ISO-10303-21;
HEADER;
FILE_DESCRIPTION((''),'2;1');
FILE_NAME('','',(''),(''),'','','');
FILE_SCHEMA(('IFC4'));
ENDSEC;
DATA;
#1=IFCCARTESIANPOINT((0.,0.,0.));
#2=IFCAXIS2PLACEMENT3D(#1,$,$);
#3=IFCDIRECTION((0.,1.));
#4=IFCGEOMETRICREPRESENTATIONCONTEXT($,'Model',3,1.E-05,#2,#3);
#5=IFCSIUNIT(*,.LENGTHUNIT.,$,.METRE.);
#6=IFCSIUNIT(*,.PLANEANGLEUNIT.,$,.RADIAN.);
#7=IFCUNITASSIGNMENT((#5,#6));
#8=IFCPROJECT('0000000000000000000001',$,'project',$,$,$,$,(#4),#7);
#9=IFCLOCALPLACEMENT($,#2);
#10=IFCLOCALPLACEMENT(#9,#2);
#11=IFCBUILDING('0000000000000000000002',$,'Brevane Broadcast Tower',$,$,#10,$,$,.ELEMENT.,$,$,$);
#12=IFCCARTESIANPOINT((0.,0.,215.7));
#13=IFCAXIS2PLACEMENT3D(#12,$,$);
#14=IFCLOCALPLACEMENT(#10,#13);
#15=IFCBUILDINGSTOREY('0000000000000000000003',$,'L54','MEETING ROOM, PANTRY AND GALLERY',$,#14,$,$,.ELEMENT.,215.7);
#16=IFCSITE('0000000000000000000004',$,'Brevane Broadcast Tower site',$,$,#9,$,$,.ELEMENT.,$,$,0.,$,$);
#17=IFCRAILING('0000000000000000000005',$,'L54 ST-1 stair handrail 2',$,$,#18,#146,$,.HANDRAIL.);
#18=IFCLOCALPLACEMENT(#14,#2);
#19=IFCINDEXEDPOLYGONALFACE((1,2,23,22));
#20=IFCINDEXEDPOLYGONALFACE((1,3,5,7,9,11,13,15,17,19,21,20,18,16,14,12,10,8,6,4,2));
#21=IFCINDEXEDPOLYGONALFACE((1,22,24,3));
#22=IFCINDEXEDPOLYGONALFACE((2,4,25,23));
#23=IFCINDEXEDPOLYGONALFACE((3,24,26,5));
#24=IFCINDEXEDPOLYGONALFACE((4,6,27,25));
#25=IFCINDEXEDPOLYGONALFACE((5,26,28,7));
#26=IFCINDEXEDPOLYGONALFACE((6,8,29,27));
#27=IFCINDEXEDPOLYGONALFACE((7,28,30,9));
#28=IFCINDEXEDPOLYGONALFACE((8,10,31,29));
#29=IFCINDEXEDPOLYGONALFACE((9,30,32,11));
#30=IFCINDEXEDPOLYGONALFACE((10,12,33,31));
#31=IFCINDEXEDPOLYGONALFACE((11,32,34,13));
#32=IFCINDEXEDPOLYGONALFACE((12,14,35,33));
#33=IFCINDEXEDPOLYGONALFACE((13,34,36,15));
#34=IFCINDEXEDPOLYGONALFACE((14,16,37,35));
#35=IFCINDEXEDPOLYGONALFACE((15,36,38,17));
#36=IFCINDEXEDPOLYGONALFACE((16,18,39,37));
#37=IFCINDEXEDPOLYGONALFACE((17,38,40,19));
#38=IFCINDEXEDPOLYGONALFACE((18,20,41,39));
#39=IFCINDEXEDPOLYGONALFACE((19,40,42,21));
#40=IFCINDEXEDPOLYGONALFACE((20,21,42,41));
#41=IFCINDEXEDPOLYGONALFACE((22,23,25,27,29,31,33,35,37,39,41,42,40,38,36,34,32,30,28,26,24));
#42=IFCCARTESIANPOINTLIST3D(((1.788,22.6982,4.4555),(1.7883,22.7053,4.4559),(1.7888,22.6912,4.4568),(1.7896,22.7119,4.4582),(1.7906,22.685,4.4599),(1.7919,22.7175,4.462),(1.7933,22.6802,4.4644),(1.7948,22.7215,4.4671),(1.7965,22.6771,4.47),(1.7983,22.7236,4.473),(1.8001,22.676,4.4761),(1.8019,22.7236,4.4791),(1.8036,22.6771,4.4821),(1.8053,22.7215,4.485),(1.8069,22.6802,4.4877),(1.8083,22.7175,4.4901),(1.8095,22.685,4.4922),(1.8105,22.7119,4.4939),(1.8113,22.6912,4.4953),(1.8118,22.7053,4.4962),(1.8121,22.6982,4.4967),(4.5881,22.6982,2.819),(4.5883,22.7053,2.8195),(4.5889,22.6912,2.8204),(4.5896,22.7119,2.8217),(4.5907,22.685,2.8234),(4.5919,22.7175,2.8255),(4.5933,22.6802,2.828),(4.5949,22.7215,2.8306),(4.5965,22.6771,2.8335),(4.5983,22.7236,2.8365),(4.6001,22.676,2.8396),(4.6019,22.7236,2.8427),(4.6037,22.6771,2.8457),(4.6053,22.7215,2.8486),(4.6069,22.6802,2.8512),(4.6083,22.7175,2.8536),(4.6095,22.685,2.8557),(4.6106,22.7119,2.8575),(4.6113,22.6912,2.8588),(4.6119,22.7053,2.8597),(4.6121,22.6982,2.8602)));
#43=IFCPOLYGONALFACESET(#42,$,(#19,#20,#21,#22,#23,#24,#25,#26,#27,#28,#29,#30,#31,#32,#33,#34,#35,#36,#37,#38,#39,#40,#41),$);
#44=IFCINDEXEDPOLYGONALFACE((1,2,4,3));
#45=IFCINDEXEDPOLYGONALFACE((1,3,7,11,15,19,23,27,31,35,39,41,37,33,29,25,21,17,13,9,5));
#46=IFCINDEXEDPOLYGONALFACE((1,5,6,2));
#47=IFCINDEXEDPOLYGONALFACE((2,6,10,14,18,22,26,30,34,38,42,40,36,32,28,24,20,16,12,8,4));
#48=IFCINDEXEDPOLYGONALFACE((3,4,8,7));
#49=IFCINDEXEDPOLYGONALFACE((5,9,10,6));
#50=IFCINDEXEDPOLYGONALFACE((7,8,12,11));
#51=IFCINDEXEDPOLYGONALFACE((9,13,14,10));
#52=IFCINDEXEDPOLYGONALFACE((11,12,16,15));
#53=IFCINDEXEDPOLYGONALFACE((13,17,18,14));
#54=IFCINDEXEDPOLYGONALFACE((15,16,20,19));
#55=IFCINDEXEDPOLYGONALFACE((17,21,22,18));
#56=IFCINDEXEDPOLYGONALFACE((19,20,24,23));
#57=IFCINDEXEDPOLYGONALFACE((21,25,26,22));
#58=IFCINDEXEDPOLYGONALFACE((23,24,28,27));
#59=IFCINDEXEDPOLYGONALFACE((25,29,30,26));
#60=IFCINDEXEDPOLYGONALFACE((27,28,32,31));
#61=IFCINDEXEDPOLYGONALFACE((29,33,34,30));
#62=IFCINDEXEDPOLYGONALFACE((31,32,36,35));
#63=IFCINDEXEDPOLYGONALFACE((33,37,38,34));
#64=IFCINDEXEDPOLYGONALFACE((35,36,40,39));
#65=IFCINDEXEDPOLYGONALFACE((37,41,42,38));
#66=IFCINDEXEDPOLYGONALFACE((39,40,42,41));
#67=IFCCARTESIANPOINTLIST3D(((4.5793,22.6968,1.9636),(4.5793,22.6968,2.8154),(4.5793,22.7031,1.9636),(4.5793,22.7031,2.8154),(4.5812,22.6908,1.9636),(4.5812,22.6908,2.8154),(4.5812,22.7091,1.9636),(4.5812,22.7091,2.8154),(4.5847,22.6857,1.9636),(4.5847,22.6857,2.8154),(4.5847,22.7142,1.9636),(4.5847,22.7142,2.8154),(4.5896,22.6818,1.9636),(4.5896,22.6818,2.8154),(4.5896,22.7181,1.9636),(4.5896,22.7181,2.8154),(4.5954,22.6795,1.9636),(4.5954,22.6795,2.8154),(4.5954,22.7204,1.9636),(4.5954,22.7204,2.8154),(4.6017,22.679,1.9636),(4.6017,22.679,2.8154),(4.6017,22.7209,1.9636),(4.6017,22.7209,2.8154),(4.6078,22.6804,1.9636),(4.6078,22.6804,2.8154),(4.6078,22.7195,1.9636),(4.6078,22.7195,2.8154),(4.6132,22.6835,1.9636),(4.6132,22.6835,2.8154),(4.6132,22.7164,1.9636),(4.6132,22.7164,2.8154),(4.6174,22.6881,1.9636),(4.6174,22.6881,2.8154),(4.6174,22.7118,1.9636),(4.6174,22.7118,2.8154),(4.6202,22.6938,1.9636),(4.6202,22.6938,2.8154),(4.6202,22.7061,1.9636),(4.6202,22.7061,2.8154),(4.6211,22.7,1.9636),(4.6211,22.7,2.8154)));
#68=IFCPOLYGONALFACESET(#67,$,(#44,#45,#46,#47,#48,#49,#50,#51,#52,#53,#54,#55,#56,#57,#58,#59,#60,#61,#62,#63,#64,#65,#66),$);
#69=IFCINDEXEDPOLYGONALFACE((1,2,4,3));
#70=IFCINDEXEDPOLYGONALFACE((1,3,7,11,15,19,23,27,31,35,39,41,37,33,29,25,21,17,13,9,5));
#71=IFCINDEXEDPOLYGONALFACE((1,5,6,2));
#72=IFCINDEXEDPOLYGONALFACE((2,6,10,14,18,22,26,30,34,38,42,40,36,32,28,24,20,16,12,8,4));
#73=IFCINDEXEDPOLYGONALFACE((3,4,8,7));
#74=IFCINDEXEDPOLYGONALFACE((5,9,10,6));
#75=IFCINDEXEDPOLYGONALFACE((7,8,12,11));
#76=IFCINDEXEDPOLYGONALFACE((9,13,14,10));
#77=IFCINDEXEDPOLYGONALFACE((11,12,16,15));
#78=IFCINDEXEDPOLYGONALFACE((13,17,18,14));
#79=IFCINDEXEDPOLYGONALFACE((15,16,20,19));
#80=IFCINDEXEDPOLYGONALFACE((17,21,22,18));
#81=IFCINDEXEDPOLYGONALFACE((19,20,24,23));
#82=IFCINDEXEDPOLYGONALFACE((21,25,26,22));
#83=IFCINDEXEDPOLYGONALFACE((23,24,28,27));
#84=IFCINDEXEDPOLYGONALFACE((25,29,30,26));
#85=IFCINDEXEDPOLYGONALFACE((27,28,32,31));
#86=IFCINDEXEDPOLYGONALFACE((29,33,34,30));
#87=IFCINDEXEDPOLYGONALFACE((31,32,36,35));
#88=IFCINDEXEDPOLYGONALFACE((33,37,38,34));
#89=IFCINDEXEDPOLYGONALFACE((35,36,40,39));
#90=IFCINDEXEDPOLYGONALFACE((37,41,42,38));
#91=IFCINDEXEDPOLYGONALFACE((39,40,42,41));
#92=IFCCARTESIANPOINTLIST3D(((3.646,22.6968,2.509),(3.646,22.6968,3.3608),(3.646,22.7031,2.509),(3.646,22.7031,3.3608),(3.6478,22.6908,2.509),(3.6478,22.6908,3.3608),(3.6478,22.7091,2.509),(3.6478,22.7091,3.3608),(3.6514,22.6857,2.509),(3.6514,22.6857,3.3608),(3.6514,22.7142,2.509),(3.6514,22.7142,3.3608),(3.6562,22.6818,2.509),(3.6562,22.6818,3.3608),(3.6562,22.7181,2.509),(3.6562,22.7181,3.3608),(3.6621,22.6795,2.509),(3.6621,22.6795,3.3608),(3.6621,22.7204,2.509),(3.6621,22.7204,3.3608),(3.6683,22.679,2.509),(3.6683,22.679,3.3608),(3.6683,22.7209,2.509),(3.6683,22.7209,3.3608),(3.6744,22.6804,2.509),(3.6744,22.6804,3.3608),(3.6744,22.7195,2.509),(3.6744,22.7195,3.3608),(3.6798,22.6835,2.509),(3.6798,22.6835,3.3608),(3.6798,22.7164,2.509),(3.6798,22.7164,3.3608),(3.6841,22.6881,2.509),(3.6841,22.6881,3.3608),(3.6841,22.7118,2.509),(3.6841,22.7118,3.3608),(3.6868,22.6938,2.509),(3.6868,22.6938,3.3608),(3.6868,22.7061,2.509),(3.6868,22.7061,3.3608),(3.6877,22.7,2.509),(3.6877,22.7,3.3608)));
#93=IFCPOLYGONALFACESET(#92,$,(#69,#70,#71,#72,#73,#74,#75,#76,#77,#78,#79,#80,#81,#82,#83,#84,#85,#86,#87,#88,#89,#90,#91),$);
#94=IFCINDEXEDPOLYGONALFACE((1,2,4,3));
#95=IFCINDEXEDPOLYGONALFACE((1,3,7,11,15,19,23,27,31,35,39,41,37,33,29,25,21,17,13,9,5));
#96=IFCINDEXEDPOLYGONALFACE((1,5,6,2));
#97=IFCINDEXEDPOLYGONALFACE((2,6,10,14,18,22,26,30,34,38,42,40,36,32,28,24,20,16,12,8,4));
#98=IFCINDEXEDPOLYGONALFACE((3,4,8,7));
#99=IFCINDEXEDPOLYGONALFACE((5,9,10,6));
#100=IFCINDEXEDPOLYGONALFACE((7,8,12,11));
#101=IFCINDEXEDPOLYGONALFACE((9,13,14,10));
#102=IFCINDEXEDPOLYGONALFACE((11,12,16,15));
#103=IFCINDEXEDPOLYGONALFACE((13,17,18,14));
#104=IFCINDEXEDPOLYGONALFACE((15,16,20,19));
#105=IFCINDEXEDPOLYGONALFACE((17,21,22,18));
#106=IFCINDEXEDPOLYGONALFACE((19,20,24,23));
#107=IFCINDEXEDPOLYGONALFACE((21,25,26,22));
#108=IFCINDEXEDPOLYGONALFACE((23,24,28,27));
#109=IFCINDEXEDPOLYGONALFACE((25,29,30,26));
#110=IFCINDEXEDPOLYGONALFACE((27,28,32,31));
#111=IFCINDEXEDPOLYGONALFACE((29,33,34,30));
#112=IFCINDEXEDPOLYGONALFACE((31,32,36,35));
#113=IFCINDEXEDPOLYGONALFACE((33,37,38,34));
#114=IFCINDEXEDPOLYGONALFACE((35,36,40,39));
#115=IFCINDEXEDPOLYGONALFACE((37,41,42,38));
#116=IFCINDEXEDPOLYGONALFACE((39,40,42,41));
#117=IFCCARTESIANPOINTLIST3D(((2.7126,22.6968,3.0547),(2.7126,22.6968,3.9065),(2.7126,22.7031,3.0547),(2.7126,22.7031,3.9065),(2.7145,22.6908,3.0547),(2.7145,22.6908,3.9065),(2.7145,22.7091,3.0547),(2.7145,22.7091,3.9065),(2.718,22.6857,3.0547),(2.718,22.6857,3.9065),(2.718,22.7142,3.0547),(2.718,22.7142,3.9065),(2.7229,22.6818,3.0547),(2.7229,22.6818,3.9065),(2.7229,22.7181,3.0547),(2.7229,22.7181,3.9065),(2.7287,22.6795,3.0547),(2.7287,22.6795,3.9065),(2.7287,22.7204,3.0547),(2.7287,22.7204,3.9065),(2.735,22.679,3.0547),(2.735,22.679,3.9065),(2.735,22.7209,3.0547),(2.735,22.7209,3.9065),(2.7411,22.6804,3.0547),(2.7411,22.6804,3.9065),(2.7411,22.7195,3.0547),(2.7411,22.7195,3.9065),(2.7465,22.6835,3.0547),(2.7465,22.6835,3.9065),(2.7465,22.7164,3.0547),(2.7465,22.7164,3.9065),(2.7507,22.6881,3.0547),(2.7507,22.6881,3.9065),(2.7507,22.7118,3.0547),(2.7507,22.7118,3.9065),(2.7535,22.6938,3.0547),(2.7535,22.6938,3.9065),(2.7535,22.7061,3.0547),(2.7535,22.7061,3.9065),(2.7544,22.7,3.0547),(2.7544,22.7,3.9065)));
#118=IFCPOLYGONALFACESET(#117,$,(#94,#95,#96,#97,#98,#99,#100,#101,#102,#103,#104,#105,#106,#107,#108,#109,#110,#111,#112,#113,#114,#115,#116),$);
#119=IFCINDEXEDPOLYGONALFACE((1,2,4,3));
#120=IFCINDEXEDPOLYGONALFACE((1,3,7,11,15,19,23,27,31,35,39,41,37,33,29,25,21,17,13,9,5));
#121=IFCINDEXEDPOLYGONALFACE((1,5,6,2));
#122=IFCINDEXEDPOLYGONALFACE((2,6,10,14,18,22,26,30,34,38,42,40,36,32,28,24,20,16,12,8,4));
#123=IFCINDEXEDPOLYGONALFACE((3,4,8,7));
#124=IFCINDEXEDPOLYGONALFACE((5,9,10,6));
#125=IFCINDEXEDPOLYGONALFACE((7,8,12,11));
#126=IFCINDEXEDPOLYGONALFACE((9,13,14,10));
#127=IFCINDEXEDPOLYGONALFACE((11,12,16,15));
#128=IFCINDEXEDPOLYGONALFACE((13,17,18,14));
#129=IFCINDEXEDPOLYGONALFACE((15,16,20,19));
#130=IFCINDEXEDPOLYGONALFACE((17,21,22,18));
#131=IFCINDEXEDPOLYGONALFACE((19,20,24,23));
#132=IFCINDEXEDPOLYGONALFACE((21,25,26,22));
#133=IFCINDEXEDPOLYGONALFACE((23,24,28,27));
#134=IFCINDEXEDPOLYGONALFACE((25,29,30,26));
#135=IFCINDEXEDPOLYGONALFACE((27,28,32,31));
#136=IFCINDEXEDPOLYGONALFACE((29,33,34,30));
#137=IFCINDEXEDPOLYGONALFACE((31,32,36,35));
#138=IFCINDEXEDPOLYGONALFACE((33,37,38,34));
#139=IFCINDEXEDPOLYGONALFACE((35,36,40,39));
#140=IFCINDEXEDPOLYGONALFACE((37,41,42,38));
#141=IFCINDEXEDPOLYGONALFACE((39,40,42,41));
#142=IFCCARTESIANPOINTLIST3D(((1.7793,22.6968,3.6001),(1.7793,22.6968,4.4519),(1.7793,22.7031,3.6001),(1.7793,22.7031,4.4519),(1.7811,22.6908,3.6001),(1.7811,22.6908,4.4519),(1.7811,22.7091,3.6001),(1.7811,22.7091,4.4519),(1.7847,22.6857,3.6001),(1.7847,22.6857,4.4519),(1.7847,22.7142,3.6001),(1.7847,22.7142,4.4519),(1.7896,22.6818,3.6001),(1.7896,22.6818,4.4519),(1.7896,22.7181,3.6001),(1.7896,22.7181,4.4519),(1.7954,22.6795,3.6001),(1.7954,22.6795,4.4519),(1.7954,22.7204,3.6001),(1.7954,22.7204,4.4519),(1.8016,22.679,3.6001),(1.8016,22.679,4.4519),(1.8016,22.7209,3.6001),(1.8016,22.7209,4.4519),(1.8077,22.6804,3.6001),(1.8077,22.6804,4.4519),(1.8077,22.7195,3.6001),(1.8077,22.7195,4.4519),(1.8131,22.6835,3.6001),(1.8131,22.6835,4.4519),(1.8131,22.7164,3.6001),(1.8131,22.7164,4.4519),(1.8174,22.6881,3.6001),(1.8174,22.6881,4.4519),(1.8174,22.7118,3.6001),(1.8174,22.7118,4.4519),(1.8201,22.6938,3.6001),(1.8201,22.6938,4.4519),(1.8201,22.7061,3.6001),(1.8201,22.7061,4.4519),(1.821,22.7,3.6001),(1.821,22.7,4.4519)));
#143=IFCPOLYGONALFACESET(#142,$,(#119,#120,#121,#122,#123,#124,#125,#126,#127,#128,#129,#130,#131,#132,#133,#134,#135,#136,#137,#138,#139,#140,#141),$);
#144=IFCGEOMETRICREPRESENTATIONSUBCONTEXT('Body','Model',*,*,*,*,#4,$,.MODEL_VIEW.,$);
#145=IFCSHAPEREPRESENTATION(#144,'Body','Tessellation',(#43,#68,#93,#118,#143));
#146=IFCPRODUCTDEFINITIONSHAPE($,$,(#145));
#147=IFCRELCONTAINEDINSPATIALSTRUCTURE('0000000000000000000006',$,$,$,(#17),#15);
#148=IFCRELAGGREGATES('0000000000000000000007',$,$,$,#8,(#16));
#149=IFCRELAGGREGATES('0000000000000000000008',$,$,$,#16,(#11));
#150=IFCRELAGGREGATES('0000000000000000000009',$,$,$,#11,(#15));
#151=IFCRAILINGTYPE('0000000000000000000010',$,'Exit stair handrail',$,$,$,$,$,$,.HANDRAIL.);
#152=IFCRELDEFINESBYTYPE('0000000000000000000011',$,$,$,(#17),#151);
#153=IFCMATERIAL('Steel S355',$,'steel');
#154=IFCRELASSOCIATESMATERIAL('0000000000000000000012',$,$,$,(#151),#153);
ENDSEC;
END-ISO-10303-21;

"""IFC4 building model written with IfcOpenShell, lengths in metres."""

from ifc_helpers import new_model, si_unit, direction, frame, origin, origin_2d, place, context, subcontext, project, spatial, circle, extrude, material, type_object, element, save


model = new_model("IFC4")

# Units and contexts
model_context = context("Model", 3, precision=1e-05, world=origin(), true_north=direction((0.0, 1.0)))
body_context = subcontext(model_context, "Body", "Model", "MODEL_VIEW")
ifc_project = project(units=[si_unit("LENGTHUNIT", "METRE"), si_unit("PLANEANGLEUNIT", "RADIAN")], contexts=[model_context])

# Site, building, storey
site_placement = place(None, origin())
site = spatial("IfcSite", under=ifc_project, at=site_placement, Name="Brevane Broadcast Tower site", CompositionType="ELEMENT", RefElevation=0.0)
building_placement = place(site_placement, origin())
building = spatial("IfcBuilding", under=site, at=building_placement, Name="Brevane Broadcast Tower", CompositionType="ELEMENT")
storey_placement = place(building_placement, frame((0.0, 0.0, 215.7)))
storey = spatial("IfcBuildingStorey", under=building, at=storey_placement, Name="L54", Description="MEETING ROOM, PANTRY AND GALLERY", CompositionType="ELEMENT", Elevation=215.7)

# Railing
ifc_material_1 = material(Name="Steel S355", Category="steel")
railing_type_1 = type_object("IfcRailingType", Name="Exit stair handrail", PredefinedType="HANDRAIL", material=ifc_material_1)
railing_1_placement = place(storey_placement, frame((4.6001, 22.7, 1.9636)))
element("IfcRailing", 1, at=railing_1_placement, inside=storey, type_object=railing_type_1, Name="L54 ST-1 stair handrail 2", PredefinedType="HANDRAIL", context=body_context, shape_type="SweptSolid", body=[
    extrude(circle(Radius=0.0239, at=origin_2d()), frame((0.0, 0.0, 0.876), z_axis=(-0.863361, 0.0, 0.504587), x_axis=(0.0, -1.0, 0.0)), (0.0, 0.0, 1.0), 3.2432),
    extrude(circle(Radius=0.021, at=origin_2d()), origin(), (0.0, 0.0, 1.0), 0.8518),
    extrude(circle(Radius=0.021, at=origin_2d()), frame((-0.9333, 0.0, 0.5454)), (0.0, 0.0, 1.0), 0.8518),
    extrude(circle(Radius=0.021, at=origin_2d()), frame((-1.8667, 0.0, 1.0911)), (0.0, 0.0, 1.0), 0.8518),
    extrude(circle(Radius=0.021, at=origin_2d()), frame((-2.8, 0.0, 1.6365)), (0.0, 0.0, 1.0), 0.8518),
])

save(model, "model.ifc")
